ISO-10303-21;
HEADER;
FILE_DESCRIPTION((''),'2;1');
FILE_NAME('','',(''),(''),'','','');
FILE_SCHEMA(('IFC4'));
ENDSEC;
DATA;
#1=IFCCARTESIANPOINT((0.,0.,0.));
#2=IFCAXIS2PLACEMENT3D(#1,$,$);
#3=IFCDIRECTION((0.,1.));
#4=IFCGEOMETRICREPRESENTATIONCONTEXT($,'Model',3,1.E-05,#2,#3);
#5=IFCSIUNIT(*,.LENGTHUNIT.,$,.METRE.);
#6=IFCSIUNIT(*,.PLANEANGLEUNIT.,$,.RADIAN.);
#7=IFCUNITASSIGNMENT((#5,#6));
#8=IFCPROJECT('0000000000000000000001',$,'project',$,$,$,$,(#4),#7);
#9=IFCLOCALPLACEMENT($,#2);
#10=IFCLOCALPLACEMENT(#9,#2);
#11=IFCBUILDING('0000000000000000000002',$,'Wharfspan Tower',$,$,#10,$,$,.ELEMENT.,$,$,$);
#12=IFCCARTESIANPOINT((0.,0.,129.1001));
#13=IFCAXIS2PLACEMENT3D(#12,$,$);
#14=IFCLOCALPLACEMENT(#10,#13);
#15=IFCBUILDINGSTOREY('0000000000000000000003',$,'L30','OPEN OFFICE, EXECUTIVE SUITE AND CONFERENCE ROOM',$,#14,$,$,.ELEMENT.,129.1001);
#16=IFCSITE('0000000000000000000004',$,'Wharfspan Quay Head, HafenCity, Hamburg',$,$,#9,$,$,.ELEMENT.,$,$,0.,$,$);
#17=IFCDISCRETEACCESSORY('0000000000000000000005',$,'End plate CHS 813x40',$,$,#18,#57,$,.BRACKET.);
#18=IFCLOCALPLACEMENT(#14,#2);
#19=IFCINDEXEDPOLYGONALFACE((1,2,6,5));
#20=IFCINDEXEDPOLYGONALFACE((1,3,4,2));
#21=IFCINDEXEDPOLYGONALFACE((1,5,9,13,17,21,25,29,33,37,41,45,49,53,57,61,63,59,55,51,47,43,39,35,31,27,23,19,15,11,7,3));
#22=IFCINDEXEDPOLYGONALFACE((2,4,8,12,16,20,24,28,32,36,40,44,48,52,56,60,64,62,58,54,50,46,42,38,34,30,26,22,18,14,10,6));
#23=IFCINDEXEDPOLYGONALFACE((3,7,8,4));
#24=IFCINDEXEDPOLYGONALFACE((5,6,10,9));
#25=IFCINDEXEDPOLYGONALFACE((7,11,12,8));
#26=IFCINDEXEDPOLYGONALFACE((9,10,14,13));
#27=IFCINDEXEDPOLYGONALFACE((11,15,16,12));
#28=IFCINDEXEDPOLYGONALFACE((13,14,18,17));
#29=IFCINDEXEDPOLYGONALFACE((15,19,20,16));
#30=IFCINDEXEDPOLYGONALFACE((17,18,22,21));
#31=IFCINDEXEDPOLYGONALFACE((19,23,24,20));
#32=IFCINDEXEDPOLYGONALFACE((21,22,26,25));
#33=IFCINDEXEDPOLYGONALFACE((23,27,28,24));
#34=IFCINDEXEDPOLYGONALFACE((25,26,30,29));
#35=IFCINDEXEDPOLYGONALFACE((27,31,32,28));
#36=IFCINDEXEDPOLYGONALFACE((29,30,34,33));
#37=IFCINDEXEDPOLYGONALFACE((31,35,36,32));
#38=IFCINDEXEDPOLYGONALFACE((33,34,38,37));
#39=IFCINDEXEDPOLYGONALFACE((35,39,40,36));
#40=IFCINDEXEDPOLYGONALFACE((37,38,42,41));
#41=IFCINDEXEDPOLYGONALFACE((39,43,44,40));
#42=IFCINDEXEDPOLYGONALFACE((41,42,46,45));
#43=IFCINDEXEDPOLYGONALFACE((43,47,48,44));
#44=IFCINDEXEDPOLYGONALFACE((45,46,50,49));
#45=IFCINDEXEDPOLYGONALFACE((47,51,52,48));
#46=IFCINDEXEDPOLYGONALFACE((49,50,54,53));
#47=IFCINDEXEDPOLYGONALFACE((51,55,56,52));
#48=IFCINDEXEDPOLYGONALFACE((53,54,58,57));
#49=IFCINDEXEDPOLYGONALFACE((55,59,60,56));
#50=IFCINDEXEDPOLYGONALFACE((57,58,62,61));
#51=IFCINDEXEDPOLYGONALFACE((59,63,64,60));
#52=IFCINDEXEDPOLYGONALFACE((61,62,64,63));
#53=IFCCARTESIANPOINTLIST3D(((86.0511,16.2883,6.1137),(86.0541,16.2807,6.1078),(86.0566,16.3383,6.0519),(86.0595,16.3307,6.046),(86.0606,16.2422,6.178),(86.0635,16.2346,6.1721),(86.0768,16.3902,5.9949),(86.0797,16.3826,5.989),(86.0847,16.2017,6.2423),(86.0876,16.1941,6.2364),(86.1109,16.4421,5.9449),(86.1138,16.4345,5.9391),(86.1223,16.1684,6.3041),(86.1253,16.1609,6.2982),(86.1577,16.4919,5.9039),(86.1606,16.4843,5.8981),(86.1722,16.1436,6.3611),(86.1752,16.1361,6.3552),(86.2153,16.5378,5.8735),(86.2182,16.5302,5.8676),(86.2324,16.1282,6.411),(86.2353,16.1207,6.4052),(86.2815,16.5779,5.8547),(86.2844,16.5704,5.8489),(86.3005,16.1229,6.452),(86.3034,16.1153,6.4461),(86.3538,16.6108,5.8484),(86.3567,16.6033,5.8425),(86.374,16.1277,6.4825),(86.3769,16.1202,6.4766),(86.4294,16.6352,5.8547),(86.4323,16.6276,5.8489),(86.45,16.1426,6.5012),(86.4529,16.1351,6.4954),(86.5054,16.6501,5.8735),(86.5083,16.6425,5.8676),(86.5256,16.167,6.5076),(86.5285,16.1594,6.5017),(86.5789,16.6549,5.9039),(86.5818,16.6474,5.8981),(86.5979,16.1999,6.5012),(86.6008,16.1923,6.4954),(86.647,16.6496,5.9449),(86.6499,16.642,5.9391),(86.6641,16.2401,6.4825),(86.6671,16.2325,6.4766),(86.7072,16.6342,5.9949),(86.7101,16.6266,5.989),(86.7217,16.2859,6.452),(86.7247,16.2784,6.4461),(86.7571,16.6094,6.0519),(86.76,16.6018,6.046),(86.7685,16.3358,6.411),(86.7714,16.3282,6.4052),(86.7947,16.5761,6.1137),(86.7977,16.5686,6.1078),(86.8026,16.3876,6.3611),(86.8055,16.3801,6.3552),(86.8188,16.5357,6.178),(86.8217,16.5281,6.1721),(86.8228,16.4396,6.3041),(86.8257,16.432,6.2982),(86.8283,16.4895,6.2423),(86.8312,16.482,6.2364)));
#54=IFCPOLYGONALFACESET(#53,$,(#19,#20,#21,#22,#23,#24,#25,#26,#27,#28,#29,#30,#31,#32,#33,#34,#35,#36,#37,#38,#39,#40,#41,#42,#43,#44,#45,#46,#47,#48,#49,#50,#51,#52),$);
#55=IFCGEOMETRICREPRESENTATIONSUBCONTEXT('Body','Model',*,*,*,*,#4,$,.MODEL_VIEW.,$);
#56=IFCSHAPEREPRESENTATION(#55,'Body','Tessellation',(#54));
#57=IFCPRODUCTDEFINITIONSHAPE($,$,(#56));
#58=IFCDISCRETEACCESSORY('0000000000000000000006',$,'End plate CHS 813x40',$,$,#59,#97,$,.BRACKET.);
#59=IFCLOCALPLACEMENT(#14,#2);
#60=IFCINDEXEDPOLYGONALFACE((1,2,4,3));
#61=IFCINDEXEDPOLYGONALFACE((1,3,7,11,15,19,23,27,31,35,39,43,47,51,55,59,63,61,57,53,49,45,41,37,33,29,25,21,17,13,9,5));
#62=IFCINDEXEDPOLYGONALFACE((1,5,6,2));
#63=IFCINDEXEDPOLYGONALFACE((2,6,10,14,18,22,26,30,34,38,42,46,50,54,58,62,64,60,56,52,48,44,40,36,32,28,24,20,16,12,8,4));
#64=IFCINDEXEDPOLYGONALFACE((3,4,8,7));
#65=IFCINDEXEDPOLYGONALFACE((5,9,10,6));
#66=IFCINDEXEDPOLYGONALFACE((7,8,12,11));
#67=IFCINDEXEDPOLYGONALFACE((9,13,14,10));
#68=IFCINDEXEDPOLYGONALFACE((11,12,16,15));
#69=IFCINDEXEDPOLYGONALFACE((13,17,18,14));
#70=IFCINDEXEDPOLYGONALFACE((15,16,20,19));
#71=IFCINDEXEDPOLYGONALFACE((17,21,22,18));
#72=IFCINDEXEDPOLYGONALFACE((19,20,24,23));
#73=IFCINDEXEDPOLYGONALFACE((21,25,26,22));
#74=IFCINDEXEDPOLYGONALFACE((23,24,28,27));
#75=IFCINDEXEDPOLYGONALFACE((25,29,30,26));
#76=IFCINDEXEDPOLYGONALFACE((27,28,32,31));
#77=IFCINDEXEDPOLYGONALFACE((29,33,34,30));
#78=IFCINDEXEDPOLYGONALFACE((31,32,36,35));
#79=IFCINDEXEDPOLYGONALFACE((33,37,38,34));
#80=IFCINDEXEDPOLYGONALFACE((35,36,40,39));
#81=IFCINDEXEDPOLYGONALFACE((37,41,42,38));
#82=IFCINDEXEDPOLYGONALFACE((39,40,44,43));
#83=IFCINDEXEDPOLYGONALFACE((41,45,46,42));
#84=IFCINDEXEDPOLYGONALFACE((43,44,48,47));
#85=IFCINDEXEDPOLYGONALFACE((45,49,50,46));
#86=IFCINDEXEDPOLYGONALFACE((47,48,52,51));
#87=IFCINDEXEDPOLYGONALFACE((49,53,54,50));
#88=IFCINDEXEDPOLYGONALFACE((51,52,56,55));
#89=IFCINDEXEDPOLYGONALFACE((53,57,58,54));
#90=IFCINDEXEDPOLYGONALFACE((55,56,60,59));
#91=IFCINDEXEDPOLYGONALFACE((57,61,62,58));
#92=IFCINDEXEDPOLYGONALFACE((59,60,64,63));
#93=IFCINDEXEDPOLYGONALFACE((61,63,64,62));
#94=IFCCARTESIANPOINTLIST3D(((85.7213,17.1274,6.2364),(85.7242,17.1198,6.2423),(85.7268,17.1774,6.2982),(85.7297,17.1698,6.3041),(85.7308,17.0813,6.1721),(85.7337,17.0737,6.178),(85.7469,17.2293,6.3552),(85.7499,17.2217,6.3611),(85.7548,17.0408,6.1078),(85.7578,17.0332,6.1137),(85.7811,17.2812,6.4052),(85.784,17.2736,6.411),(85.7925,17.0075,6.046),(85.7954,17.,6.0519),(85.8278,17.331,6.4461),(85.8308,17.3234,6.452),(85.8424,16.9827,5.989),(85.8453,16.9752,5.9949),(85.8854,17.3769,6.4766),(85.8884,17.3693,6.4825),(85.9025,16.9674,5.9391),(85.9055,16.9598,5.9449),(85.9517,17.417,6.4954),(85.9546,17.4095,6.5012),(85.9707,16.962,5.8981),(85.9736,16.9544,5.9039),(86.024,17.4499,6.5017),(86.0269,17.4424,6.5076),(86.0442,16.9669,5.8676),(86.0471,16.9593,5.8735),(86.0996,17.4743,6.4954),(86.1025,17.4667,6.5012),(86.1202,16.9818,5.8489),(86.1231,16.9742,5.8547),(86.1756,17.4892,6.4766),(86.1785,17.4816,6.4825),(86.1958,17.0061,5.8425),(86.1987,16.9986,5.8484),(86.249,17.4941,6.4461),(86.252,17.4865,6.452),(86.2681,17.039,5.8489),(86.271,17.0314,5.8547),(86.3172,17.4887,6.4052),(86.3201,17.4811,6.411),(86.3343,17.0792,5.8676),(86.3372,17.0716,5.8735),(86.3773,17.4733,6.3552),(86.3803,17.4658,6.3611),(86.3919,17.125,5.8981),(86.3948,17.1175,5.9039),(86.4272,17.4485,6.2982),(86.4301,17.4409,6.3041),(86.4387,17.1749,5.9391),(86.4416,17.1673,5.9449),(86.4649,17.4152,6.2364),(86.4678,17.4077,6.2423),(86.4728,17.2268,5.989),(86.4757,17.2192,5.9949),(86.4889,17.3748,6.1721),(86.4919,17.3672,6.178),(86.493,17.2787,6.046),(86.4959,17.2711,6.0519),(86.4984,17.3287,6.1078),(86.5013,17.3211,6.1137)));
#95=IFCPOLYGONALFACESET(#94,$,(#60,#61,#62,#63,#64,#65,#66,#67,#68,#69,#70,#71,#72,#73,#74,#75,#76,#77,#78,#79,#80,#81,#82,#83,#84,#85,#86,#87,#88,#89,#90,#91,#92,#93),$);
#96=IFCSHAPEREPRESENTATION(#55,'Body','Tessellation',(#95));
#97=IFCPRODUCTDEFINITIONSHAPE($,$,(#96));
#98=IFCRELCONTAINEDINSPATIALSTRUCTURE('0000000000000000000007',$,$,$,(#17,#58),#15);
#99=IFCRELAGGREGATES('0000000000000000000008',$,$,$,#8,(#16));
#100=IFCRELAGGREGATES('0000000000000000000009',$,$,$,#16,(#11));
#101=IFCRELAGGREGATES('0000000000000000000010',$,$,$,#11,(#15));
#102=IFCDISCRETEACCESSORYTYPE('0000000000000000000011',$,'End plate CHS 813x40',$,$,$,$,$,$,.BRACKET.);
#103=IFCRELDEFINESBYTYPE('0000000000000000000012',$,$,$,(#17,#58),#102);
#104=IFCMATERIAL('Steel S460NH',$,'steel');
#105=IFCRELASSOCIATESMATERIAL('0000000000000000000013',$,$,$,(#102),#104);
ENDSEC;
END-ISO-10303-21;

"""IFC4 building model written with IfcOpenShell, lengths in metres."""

from ifc_helpers import new_model, si_unit, direction, frame, origin, origin_2d, place, context, subcontext, project, spatial, circle, extrude, material, material_profile, profile_set, type_object, element, save


model = new_model("IFC4")

# Units and contexts
model_context = context("Model", 3, precision=1e-05, world=origin(), true_north=direction((0.0, 1.0)))
body_context = subcontext(model_context, "Body", "Model", "MODEL_VIEW")
ifc_project = project(units=[si_unit("LENGTHUNIT", "METRE"), si_unit("PLANEANGLEUNIT", "RADIAN")], contexts=[model_context])

# Site, building, storey
site_placement = place(None, origin())
site = spatial("IfcSite", under=ifc_project, at=site_placement, Name="Wharfspan Quay Head, HafenCity, Hamburg", CompositionType="ELEMENT", RefElevation=0.0)
building_placement = place(site_placement, origin())
building = spatial("IfcBuilding", under=site, at=building_placement, Name="Wharfspan Tower", CompositionType="ELEMENT")
storey_placement = place(building_placement, frame((0.0, 0.0, 129.1001)))
storey = spatial("IfcBuildingStorey", under=building, at=storey_placement, Name="L30", Description="OPEN OFFICE, EXECUTIVE SUITE AND CONFERENCE ROOM", CompositionType="ELEMENT", Elevation=129.1001)

# Shared definitions
ifc_material_1 = material(Name="Steel S460NH", Category="steel")

# Discrete accessories
ifc_material_profile_1 = material_profile(ifc_material_1, circle(Radius=0.4065, at=origin_2d()))
ifc_profile_set_1 = profile_set([ifc_material_profile_1], Name="Steel S460NH")
discrete_accessory_type = type_object("IfcDiscreteAccessoryType", Name="End plate CHS 813x40", PredefinedType="BRACKET", material=ifc_profile_set_1)
for number, where, z_axis, x_axis, name in (
    (1, (86.4426, 16.3813, 6.1721), (-0.292683, 0.756098, 0.585366), (-0.932565, -0.360992, -0.000001), "End plate CHS 813x40"),
    (2, (86.1099, 17.228, 6.1721), (0.292683, -0.756098, 0.585366), (0.932565, 0.360992, -0.000001), "End plate CHS 813x40"),
):
    element("IfcDiscreteAccessory", number, at=place(storey_placement, frame(where, z_axis=z_axis, x_axis=x_axis)), inside=storey, type_object=discrete_accessory_type, Name=name, PredefinedType="BRACKET", context=body_context, shape_type="SweptSolid", body=[
        extrude(circle(Radius=0.4065, at=origin_2d()), origin(), (0.0, 0.0, 1.0), 0.01),
    ])

save(model, "model.ifc")
